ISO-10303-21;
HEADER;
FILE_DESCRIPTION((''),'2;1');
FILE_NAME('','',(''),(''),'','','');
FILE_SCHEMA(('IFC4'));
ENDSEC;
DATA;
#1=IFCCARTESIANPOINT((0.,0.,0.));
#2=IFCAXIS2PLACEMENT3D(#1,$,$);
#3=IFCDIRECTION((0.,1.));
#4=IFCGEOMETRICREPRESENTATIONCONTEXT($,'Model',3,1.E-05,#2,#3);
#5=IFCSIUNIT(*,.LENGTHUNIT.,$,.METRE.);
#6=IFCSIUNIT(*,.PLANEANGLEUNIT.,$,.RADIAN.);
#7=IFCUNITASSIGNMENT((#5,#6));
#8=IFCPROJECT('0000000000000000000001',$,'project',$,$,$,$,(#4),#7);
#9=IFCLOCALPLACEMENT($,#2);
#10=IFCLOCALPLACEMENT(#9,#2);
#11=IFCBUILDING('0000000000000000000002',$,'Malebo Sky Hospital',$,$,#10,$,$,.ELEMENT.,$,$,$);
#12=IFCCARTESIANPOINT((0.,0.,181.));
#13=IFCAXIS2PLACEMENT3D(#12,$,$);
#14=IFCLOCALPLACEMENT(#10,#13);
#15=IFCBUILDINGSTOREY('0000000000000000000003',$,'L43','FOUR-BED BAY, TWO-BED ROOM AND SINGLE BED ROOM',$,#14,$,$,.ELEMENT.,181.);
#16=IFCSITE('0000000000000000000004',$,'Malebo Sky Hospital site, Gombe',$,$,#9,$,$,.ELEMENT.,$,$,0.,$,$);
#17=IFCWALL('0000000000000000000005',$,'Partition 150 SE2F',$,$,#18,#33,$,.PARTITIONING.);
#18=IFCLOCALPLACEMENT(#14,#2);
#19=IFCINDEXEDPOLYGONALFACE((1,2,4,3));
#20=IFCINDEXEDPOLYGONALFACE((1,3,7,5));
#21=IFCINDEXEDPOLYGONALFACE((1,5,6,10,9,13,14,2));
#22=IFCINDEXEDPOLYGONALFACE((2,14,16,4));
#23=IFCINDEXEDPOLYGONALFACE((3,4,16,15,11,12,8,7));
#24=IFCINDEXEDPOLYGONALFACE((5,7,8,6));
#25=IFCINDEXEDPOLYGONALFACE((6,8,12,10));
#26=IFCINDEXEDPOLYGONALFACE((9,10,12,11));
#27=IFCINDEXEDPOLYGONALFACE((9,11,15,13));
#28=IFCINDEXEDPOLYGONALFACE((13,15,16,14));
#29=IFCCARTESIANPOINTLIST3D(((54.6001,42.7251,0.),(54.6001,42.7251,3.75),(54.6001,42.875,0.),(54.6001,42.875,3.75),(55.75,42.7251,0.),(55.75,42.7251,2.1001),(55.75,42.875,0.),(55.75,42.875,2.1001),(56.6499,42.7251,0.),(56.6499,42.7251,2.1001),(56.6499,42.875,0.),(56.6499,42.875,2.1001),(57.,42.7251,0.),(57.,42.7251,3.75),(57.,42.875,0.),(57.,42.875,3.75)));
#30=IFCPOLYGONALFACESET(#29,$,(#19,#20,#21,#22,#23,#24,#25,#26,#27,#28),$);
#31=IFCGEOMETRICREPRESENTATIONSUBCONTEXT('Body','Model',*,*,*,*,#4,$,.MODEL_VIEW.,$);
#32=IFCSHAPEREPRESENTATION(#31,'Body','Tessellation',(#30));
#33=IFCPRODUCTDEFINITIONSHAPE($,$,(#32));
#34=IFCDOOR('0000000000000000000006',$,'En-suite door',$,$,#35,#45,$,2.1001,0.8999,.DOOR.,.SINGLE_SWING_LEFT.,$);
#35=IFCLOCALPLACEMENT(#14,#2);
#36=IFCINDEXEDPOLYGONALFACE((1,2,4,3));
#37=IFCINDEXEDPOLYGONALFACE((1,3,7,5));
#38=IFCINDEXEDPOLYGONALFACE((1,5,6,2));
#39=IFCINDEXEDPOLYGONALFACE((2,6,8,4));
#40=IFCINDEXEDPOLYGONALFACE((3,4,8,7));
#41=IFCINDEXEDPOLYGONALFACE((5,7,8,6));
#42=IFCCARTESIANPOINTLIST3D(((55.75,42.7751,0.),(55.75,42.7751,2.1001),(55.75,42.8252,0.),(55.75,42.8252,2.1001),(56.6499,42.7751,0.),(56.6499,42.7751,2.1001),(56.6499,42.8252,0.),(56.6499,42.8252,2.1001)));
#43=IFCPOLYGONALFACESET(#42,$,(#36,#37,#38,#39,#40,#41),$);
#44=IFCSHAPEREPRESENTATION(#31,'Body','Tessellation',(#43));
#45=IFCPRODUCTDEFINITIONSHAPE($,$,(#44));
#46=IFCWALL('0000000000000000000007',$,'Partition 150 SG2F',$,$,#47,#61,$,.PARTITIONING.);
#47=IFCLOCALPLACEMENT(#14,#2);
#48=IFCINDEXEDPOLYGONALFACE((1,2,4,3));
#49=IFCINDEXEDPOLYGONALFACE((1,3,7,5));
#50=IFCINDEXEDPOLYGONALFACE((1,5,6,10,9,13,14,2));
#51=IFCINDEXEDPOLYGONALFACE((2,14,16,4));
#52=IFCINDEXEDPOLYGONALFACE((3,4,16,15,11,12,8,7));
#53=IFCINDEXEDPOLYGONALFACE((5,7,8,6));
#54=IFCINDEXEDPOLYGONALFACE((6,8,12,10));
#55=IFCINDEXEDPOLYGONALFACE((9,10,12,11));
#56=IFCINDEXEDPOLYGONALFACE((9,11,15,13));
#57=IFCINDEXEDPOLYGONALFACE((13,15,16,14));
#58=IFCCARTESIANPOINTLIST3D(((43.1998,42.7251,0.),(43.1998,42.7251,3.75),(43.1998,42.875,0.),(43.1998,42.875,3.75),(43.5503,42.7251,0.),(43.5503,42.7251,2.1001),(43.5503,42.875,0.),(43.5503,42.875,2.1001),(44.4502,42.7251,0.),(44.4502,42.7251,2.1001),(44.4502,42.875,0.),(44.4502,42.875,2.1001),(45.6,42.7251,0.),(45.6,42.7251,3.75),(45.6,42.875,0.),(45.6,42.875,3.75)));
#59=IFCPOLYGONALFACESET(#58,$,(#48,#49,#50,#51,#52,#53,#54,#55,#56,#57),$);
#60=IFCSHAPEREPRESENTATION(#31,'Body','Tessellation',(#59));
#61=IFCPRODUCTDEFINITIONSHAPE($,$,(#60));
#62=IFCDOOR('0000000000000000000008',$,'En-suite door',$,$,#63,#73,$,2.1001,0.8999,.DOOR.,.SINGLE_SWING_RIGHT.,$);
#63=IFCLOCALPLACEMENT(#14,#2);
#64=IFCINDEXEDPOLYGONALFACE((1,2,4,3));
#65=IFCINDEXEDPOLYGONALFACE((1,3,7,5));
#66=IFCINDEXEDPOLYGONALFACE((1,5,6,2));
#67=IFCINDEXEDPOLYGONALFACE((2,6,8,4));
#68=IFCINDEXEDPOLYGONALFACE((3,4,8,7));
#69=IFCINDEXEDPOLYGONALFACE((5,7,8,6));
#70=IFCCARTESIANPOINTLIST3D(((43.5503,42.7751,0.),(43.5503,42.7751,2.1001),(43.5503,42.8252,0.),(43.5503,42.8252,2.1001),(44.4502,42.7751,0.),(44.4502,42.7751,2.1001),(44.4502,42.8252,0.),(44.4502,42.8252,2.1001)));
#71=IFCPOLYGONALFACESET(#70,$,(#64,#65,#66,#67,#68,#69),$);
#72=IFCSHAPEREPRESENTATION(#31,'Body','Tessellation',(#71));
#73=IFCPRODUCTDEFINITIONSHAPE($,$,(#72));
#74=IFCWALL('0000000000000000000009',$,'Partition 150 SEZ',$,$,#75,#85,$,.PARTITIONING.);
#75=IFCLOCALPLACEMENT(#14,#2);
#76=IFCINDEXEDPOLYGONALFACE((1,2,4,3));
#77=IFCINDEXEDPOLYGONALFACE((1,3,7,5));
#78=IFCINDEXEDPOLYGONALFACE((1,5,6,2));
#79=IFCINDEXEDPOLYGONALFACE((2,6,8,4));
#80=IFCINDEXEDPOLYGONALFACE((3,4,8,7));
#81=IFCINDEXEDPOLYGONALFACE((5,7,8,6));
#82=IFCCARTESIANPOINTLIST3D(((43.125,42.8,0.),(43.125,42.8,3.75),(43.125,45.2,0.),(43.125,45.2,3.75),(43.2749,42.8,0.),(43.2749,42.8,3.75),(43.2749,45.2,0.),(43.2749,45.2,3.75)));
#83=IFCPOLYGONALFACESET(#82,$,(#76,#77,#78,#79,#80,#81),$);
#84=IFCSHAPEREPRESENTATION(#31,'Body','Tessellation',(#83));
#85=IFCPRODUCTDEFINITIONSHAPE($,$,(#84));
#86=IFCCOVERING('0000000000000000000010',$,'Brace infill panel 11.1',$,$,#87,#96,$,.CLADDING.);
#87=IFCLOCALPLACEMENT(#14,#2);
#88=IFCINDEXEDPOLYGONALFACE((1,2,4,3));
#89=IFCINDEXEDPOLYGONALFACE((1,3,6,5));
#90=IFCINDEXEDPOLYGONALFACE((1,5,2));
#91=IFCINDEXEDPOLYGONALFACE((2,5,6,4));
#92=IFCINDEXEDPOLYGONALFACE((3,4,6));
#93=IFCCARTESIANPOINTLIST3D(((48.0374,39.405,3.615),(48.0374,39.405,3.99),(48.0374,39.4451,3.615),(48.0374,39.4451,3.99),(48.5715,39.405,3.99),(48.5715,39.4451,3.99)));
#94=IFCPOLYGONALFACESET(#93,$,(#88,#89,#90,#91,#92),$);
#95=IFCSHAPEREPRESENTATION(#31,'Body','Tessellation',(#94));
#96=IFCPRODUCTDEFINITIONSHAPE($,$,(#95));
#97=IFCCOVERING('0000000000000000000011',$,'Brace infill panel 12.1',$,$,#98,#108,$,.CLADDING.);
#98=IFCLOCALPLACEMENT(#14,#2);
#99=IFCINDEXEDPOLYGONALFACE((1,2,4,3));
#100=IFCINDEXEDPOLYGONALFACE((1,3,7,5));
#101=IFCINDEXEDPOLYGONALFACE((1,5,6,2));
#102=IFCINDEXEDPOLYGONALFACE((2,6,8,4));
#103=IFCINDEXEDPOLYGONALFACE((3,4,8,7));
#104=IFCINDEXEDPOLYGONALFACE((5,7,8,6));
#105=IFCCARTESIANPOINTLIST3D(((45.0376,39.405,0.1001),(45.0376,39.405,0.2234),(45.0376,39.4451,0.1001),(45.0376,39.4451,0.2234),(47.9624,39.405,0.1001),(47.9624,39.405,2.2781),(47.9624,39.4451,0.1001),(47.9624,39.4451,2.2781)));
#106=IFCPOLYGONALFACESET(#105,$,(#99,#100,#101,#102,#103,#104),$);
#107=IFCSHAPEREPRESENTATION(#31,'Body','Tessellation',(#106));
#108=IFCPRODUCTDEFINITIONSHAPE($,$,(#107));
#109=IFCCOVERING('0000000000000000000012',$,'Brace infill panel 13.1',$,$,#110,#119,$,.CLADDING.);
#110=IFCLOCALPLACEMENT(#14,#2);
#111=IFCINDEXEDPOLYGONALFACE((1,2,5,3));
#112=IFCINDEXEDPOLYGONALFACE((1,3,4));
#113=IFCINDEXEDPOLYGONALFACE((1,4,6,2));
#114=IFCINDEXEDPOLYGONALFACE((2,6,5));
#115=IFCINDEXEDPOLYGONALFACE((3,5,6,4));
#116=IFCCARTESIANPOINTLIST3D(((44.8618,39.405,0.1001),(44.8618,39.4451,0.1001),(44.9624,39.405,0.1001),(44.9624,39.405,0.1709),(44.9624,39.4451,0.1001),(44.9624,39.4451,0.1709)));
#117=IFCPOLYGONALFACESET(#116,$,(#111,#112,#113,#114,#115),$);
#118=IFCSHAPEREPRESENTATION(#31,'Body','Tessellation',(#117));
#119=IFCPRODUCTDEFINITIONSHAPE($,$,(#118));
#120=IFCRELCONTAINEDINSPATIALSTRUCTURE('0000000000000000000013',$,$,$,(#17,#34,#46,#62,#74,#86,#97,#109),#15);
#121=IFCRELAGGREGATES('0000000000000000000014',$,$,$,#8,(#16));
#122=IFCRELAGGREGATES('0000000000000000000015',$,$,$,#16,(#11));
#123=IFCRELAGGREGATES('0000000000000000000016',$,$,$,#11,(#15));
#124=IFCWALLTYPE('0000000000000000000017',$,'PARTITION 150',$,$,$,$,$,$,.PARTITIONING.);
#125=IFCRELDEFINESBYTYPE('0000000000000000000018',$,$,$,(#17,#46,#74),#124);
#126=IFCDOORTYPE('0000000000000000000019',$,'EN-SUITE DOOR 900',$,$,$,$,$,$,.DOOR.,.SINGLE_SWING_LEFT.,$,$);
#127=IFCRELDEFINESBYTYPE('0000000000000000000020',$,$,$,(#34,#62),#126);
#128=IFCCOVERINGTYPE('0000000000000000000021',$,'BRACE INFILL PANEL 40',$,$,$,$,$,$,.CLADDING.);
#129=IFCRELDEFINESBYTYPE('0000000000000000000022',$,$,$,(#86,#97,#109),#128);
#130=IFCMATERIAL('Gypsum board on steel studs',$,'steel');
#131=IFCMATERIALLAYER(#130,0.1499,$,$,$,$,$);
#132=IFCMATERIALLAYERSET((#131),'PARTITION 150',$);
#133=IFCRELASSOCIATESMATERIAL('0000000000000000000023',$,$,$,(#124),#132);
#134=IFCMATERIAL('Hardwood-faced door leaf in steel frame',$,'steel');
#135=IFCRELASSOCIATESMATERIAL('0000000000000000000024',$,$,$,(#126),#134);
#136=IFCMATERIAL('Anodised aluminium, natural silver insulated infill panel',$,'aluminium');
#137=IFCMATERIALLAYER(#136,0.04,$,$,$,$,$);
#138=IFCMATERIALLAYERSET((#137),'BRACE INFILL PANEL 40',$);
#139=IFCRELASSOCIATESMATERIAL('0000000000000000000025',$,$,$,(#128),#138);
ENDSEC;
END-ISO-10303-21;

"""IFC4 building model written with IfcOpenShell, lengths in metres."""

from ifc_helpers import new_model, si_unit, direction, frame, frame_2d, origin, place, context, subcontext, project, spatial, polyline, rectangle, outline, extrude, material, layer, layer_set, type_object, element, fill, save


model = new_model("IFC4")

# Units and contexts
model_context = context("Model", 3, precision=1e-05, world=origin(), true_north=direction((0.0, 1.0)))
body_context = subcontext(model_context, "Body", "Model", "MODEL_VIEW")
ifc_project = project(units=[si_unit("LENGTHUNIT", "METRE"), si_unit("PLANEANGLEUNIT", "RADIAN")], contexts=[model_context])

# Site, building, storey
site_placement = place(None, origin())
site = spatial("IfcSite", under=ifc_project, at=site_placement, Name="Malebo Sky Hospital site, Gombe", CompositionType="ELEMENT", RefElevation=0.0)
building_placement = place(site_placement, origin())
building = spatial("IfcBuilding", under=site, at=building_placement, Name="Malebo Sky Hospital", CompositionType="ELEMENT")
storey_placement = place(building_placement, frame((0.0, 0.0, 181.0)))
storey = spatial("IfcBuildingStorey", under=building, at=storey_placement, Name="L43", Description="FOUR-BED BAY, TWO-BED ROOM AND SINGLE BED ROOM", CompositionType="ELEMENT", Elevation=181.0)

# Walls, openings, doors
ifc_material_1 = material(Name="Gypsum board on steel studs", Category="steel")
ifc_layer_1 = layer(ifc_material_1, 0.1499)
ifc_layer_set_1 = layer_set([ifc_layer_1], Name="PARTITION 150")
wall_type = type_object("IfcWallType", Name="PARTITION 150", PredefinedType="PARTITIONING", material=ifc_layer_set_1)
wall_1_placement = place(storey_placement, frame((57.0, 42.8, 0.0), z_axis=(0.0, 0.0, 1.0), x_axis=(-1.0, 0.0, 0.0)))
wall_1 = element("IfcWall", 1, at=wall_1_placement, inside=storey, type_object=wall_type, Name="Partition 150 SE2F", PredefinedType="PARTITIONING", context=body_context, shape_type="SweptSolid", body=[
    extrude(rectangle(XDim=2.3999, YDim=0.1499, at=frame_2d((1.2, 0.0))), origin(), (0.0, 0.0, 1.0), 3.75),
])
opening_1_placement = place(wall_1_placement, frame((0.3501, 0.0, 0.0)))
opening_1 = element("IfcOpeningElement", 2, at=opening_1_placement, cuts=wall_1, PredefinedType="OPENING", context=body_context, shape_type="SweptSolid", body=[
    extrude(rectangle(XDim=0.8999, YDim=2.1001, at=frame_2d((0.45, 1.05))), frame((0.0, 0.085, 0.0), z_axis=(0.0, -1.0, 0.0), x_axis=(1.0, 0.0, 0.0)), (0.0, 0.0, 1.0), 0.1699),
])
ifc_material_2 = material(Name="Hardwood-faced door leaf in steel frame", Category="steel")
door_type = type_object("IfcDoorType", Name="EN-SUITE DOOR 900", OperationType="SINGLE_SWING_LEFT", PredefinedType="DOOR", material=ifc_material_2)
door_1_placement = place(opening_1_placement, origin())
door_1 = element("IfcDoor", 3, at=door_1_placement, inside=storey, type_object=door_type, Name="En-suite door", OperationType="SINGLE_SWING_LEFT", OverallHeight=2.1001, OverallWidth=0.8999, PredefinedType="DOOR", context=body_context, shape_type="SweptSolid", body=[
    extrude(rectangle(XDim=0.8999, YDim=2.1001, at=frame_2d((0.45, 1.05))), frame((0.0, 0.0249, 0.0), z_axis=(0.0, -1.0, 0.0), x_axis=(1.0, 0.0, 0.0)), (0.0, 0.0, 1.0), 0.05),
])
fill(opening_1, door_1)
wall_2_placement = place(storey_placement, frame((45.6001, 42.8, 0.0), z_axis=(0.0, 0.0, 1.0), x_axis=(-1.0, 0.0, 0.0)))
wall_2 = element("IfcWall", 4, at=wall_2_placement, inside=storey, type_object=wall_type, Name="Partition 150 SG2F", PredefinedType="PARTITIONING", context=body_context, shape_type="SweptSolid", body=[
    extrude(rectangle(XDim=2.4001, YDim=0.1499, at=frame_2d((1.2002, 0.0))), origin(), (0.0, 0.0, 1.0), 3.75),
])
opening_2_placement = place(wall_2_placement, frame((1.1499, 0.0, 0.0)))
opening_2 = element("IfcOpeningElement", 5, at=opening_2_placement, cuts=wall_2, PredefinedType="OPENING", context=body_context, shape_type="SweptSolid", body=[
    extrude(rectangle(XDim=0.8999, YDim=2.1001, at=frame_2d((0.45, 1.05))), frame((0.0, 0.085, 0.0), z_axis=(0.0, -1.0, 0.0), x_axis=(1.0, 0.0, 0.0)), (0.0, 0.0, 1.0), 0.1699),
])
door_2_placement = place(opening_2_placement, origin())
door_2 = element("IfcDoor", 6, at=door_2_placement, inside=storey, type_object=door_type, Name="En-suite door", OperationType="SINGLE_SWING_RIGHT", OverallHeight=2.1001, OverallWidth=0.8999, PredefinedType="DOOR", context=body_context, shape_type="SweptSolid", body=[
    extrude(rectangle(XDim=0.8999, YDim=2.1001, at=frame_2d((0.45, 1.05))), frame((0.0, 0.0249, 0.0), z_axis=(0.0, -1.0, 0.0), x_axis=(1.0, 0.0, 0.0)), (0.0, 0.0, 1.0), 0.05),
])
fill(opening_2, door_2)

# Wall
wall_3_placement = place(storey_placement, frame((43.2, 45.2, 0.0), z_axis=(0.0, 0.0, 1.0), x_axis=(0.0, -1.0, 0.0)))
element("IfcWall", 7, at=wall_3_placement, inside=storey, type_object=wall_type, Name="Partition 150 SEZ", PredefinedType="PARTITIONING", context=body_context, shape_type="SweptSolid", body=[
    extrude(rectangle(XDim=2.3999, YDim=0.1499, at=frame_2d((1.2, 0.0))), origin(), (0.0, 0.0, 1.0), 3.75),
])

# Coverings
ifc_material_3 = material(Name="Anodised aluminium, natural silver insulated infill panel", Category="aluminium")
ifc_layer_2 = layer(ifc_material_3, 0.04)
ifc_layer_set_2 = layer_set([ifc_layer_2], Name="BRACE INFILL PANEL 40")
covering_type = type_object("IfcCoveringType", Name="BRACE INFILL PANEL 40", PredefinedType="CLADDING", material=ifc_layer_set_2)
covering_1_placement = place(storey_placement, frame((48.3044, 39.425, 3.615), z_axis=(0.0, 0.0, 1.0), x_axis=(-1.0, 0.0, 0.0)))
element("IfcCovering", 8, at=covering_1_placement, inside=storey, type_object=covering_type, Name="Brace infill panel 11.1", PredefinedType="CLADDING", context=body_context, shape_type="SweptSolid", body=[
    extrude(outline(polyline([(0.2671, 0.0), (0.2671, 0.375), (-0.2671, 0.375), (0.2671, 0.0)])), frame((0.0, 0.02, 0.0), z_axis=(0.0, -1.0, 0.0), x_axis=(1.0, 0.0, 0.0)), (0.0, 0.0, 1.0), 0.04),
])
covering_2_placement = place(storey_placement, frame((46.5, 39.425, 0.1001), z_axis=(0.0, 0.0, 1.0), x_axis=(-1.0, 0.0, 0.0)))
element("IfcCovering", 9, at=covering_2_placement, inside=storey, type_object=covering_type, Name="Brace infill panel 12.1", PredefinedType="CLADDING", context=body_context, shape_type="SweptSolid", body=[
    extrude(outline(polyline([(-1.4624, 0.0), (1.4624, 0.0), (1.4624, 0.1233), (-1.4624, 2.178), (-1.4624, 0.0)])), frame((0.0, 0.02, 0.0), z_axis=(0.0, -1.0, 0.0), x_axis=(1.0, 0.0, 0.0)), (0.0, 0.0, 1.0), 0.04),
])
covering_3_placement = place(storey_placement, frame((44.9121, 39.425, 0.1001), z_axis=(0.0, 0.0, 1.0), x_axis=(-1.0, 0.0, 0.0)))
element("IfcCovering", 10, at=covering_3_placement, inside=storey, type_object=covering_type, Name="Brace infill panel 13.1", PredefinedType="CLADDING", context=body_context, shape_type="SweptSolid", body=[
    extrude(outline(polyline([(-0.0503, 0.0), (0.0503, 0.0), (-0.0503, 0.0708), (-0.0503, 0.0)])), frame((0.0, 0.02, 0.0), z_axis=(0.0, -1.0, 0.0), x_axis=(1.0, 0.0, 0.0)), (0.0, 0.0, 1.0), 0.04),
])

save(model, "model.ifc")
